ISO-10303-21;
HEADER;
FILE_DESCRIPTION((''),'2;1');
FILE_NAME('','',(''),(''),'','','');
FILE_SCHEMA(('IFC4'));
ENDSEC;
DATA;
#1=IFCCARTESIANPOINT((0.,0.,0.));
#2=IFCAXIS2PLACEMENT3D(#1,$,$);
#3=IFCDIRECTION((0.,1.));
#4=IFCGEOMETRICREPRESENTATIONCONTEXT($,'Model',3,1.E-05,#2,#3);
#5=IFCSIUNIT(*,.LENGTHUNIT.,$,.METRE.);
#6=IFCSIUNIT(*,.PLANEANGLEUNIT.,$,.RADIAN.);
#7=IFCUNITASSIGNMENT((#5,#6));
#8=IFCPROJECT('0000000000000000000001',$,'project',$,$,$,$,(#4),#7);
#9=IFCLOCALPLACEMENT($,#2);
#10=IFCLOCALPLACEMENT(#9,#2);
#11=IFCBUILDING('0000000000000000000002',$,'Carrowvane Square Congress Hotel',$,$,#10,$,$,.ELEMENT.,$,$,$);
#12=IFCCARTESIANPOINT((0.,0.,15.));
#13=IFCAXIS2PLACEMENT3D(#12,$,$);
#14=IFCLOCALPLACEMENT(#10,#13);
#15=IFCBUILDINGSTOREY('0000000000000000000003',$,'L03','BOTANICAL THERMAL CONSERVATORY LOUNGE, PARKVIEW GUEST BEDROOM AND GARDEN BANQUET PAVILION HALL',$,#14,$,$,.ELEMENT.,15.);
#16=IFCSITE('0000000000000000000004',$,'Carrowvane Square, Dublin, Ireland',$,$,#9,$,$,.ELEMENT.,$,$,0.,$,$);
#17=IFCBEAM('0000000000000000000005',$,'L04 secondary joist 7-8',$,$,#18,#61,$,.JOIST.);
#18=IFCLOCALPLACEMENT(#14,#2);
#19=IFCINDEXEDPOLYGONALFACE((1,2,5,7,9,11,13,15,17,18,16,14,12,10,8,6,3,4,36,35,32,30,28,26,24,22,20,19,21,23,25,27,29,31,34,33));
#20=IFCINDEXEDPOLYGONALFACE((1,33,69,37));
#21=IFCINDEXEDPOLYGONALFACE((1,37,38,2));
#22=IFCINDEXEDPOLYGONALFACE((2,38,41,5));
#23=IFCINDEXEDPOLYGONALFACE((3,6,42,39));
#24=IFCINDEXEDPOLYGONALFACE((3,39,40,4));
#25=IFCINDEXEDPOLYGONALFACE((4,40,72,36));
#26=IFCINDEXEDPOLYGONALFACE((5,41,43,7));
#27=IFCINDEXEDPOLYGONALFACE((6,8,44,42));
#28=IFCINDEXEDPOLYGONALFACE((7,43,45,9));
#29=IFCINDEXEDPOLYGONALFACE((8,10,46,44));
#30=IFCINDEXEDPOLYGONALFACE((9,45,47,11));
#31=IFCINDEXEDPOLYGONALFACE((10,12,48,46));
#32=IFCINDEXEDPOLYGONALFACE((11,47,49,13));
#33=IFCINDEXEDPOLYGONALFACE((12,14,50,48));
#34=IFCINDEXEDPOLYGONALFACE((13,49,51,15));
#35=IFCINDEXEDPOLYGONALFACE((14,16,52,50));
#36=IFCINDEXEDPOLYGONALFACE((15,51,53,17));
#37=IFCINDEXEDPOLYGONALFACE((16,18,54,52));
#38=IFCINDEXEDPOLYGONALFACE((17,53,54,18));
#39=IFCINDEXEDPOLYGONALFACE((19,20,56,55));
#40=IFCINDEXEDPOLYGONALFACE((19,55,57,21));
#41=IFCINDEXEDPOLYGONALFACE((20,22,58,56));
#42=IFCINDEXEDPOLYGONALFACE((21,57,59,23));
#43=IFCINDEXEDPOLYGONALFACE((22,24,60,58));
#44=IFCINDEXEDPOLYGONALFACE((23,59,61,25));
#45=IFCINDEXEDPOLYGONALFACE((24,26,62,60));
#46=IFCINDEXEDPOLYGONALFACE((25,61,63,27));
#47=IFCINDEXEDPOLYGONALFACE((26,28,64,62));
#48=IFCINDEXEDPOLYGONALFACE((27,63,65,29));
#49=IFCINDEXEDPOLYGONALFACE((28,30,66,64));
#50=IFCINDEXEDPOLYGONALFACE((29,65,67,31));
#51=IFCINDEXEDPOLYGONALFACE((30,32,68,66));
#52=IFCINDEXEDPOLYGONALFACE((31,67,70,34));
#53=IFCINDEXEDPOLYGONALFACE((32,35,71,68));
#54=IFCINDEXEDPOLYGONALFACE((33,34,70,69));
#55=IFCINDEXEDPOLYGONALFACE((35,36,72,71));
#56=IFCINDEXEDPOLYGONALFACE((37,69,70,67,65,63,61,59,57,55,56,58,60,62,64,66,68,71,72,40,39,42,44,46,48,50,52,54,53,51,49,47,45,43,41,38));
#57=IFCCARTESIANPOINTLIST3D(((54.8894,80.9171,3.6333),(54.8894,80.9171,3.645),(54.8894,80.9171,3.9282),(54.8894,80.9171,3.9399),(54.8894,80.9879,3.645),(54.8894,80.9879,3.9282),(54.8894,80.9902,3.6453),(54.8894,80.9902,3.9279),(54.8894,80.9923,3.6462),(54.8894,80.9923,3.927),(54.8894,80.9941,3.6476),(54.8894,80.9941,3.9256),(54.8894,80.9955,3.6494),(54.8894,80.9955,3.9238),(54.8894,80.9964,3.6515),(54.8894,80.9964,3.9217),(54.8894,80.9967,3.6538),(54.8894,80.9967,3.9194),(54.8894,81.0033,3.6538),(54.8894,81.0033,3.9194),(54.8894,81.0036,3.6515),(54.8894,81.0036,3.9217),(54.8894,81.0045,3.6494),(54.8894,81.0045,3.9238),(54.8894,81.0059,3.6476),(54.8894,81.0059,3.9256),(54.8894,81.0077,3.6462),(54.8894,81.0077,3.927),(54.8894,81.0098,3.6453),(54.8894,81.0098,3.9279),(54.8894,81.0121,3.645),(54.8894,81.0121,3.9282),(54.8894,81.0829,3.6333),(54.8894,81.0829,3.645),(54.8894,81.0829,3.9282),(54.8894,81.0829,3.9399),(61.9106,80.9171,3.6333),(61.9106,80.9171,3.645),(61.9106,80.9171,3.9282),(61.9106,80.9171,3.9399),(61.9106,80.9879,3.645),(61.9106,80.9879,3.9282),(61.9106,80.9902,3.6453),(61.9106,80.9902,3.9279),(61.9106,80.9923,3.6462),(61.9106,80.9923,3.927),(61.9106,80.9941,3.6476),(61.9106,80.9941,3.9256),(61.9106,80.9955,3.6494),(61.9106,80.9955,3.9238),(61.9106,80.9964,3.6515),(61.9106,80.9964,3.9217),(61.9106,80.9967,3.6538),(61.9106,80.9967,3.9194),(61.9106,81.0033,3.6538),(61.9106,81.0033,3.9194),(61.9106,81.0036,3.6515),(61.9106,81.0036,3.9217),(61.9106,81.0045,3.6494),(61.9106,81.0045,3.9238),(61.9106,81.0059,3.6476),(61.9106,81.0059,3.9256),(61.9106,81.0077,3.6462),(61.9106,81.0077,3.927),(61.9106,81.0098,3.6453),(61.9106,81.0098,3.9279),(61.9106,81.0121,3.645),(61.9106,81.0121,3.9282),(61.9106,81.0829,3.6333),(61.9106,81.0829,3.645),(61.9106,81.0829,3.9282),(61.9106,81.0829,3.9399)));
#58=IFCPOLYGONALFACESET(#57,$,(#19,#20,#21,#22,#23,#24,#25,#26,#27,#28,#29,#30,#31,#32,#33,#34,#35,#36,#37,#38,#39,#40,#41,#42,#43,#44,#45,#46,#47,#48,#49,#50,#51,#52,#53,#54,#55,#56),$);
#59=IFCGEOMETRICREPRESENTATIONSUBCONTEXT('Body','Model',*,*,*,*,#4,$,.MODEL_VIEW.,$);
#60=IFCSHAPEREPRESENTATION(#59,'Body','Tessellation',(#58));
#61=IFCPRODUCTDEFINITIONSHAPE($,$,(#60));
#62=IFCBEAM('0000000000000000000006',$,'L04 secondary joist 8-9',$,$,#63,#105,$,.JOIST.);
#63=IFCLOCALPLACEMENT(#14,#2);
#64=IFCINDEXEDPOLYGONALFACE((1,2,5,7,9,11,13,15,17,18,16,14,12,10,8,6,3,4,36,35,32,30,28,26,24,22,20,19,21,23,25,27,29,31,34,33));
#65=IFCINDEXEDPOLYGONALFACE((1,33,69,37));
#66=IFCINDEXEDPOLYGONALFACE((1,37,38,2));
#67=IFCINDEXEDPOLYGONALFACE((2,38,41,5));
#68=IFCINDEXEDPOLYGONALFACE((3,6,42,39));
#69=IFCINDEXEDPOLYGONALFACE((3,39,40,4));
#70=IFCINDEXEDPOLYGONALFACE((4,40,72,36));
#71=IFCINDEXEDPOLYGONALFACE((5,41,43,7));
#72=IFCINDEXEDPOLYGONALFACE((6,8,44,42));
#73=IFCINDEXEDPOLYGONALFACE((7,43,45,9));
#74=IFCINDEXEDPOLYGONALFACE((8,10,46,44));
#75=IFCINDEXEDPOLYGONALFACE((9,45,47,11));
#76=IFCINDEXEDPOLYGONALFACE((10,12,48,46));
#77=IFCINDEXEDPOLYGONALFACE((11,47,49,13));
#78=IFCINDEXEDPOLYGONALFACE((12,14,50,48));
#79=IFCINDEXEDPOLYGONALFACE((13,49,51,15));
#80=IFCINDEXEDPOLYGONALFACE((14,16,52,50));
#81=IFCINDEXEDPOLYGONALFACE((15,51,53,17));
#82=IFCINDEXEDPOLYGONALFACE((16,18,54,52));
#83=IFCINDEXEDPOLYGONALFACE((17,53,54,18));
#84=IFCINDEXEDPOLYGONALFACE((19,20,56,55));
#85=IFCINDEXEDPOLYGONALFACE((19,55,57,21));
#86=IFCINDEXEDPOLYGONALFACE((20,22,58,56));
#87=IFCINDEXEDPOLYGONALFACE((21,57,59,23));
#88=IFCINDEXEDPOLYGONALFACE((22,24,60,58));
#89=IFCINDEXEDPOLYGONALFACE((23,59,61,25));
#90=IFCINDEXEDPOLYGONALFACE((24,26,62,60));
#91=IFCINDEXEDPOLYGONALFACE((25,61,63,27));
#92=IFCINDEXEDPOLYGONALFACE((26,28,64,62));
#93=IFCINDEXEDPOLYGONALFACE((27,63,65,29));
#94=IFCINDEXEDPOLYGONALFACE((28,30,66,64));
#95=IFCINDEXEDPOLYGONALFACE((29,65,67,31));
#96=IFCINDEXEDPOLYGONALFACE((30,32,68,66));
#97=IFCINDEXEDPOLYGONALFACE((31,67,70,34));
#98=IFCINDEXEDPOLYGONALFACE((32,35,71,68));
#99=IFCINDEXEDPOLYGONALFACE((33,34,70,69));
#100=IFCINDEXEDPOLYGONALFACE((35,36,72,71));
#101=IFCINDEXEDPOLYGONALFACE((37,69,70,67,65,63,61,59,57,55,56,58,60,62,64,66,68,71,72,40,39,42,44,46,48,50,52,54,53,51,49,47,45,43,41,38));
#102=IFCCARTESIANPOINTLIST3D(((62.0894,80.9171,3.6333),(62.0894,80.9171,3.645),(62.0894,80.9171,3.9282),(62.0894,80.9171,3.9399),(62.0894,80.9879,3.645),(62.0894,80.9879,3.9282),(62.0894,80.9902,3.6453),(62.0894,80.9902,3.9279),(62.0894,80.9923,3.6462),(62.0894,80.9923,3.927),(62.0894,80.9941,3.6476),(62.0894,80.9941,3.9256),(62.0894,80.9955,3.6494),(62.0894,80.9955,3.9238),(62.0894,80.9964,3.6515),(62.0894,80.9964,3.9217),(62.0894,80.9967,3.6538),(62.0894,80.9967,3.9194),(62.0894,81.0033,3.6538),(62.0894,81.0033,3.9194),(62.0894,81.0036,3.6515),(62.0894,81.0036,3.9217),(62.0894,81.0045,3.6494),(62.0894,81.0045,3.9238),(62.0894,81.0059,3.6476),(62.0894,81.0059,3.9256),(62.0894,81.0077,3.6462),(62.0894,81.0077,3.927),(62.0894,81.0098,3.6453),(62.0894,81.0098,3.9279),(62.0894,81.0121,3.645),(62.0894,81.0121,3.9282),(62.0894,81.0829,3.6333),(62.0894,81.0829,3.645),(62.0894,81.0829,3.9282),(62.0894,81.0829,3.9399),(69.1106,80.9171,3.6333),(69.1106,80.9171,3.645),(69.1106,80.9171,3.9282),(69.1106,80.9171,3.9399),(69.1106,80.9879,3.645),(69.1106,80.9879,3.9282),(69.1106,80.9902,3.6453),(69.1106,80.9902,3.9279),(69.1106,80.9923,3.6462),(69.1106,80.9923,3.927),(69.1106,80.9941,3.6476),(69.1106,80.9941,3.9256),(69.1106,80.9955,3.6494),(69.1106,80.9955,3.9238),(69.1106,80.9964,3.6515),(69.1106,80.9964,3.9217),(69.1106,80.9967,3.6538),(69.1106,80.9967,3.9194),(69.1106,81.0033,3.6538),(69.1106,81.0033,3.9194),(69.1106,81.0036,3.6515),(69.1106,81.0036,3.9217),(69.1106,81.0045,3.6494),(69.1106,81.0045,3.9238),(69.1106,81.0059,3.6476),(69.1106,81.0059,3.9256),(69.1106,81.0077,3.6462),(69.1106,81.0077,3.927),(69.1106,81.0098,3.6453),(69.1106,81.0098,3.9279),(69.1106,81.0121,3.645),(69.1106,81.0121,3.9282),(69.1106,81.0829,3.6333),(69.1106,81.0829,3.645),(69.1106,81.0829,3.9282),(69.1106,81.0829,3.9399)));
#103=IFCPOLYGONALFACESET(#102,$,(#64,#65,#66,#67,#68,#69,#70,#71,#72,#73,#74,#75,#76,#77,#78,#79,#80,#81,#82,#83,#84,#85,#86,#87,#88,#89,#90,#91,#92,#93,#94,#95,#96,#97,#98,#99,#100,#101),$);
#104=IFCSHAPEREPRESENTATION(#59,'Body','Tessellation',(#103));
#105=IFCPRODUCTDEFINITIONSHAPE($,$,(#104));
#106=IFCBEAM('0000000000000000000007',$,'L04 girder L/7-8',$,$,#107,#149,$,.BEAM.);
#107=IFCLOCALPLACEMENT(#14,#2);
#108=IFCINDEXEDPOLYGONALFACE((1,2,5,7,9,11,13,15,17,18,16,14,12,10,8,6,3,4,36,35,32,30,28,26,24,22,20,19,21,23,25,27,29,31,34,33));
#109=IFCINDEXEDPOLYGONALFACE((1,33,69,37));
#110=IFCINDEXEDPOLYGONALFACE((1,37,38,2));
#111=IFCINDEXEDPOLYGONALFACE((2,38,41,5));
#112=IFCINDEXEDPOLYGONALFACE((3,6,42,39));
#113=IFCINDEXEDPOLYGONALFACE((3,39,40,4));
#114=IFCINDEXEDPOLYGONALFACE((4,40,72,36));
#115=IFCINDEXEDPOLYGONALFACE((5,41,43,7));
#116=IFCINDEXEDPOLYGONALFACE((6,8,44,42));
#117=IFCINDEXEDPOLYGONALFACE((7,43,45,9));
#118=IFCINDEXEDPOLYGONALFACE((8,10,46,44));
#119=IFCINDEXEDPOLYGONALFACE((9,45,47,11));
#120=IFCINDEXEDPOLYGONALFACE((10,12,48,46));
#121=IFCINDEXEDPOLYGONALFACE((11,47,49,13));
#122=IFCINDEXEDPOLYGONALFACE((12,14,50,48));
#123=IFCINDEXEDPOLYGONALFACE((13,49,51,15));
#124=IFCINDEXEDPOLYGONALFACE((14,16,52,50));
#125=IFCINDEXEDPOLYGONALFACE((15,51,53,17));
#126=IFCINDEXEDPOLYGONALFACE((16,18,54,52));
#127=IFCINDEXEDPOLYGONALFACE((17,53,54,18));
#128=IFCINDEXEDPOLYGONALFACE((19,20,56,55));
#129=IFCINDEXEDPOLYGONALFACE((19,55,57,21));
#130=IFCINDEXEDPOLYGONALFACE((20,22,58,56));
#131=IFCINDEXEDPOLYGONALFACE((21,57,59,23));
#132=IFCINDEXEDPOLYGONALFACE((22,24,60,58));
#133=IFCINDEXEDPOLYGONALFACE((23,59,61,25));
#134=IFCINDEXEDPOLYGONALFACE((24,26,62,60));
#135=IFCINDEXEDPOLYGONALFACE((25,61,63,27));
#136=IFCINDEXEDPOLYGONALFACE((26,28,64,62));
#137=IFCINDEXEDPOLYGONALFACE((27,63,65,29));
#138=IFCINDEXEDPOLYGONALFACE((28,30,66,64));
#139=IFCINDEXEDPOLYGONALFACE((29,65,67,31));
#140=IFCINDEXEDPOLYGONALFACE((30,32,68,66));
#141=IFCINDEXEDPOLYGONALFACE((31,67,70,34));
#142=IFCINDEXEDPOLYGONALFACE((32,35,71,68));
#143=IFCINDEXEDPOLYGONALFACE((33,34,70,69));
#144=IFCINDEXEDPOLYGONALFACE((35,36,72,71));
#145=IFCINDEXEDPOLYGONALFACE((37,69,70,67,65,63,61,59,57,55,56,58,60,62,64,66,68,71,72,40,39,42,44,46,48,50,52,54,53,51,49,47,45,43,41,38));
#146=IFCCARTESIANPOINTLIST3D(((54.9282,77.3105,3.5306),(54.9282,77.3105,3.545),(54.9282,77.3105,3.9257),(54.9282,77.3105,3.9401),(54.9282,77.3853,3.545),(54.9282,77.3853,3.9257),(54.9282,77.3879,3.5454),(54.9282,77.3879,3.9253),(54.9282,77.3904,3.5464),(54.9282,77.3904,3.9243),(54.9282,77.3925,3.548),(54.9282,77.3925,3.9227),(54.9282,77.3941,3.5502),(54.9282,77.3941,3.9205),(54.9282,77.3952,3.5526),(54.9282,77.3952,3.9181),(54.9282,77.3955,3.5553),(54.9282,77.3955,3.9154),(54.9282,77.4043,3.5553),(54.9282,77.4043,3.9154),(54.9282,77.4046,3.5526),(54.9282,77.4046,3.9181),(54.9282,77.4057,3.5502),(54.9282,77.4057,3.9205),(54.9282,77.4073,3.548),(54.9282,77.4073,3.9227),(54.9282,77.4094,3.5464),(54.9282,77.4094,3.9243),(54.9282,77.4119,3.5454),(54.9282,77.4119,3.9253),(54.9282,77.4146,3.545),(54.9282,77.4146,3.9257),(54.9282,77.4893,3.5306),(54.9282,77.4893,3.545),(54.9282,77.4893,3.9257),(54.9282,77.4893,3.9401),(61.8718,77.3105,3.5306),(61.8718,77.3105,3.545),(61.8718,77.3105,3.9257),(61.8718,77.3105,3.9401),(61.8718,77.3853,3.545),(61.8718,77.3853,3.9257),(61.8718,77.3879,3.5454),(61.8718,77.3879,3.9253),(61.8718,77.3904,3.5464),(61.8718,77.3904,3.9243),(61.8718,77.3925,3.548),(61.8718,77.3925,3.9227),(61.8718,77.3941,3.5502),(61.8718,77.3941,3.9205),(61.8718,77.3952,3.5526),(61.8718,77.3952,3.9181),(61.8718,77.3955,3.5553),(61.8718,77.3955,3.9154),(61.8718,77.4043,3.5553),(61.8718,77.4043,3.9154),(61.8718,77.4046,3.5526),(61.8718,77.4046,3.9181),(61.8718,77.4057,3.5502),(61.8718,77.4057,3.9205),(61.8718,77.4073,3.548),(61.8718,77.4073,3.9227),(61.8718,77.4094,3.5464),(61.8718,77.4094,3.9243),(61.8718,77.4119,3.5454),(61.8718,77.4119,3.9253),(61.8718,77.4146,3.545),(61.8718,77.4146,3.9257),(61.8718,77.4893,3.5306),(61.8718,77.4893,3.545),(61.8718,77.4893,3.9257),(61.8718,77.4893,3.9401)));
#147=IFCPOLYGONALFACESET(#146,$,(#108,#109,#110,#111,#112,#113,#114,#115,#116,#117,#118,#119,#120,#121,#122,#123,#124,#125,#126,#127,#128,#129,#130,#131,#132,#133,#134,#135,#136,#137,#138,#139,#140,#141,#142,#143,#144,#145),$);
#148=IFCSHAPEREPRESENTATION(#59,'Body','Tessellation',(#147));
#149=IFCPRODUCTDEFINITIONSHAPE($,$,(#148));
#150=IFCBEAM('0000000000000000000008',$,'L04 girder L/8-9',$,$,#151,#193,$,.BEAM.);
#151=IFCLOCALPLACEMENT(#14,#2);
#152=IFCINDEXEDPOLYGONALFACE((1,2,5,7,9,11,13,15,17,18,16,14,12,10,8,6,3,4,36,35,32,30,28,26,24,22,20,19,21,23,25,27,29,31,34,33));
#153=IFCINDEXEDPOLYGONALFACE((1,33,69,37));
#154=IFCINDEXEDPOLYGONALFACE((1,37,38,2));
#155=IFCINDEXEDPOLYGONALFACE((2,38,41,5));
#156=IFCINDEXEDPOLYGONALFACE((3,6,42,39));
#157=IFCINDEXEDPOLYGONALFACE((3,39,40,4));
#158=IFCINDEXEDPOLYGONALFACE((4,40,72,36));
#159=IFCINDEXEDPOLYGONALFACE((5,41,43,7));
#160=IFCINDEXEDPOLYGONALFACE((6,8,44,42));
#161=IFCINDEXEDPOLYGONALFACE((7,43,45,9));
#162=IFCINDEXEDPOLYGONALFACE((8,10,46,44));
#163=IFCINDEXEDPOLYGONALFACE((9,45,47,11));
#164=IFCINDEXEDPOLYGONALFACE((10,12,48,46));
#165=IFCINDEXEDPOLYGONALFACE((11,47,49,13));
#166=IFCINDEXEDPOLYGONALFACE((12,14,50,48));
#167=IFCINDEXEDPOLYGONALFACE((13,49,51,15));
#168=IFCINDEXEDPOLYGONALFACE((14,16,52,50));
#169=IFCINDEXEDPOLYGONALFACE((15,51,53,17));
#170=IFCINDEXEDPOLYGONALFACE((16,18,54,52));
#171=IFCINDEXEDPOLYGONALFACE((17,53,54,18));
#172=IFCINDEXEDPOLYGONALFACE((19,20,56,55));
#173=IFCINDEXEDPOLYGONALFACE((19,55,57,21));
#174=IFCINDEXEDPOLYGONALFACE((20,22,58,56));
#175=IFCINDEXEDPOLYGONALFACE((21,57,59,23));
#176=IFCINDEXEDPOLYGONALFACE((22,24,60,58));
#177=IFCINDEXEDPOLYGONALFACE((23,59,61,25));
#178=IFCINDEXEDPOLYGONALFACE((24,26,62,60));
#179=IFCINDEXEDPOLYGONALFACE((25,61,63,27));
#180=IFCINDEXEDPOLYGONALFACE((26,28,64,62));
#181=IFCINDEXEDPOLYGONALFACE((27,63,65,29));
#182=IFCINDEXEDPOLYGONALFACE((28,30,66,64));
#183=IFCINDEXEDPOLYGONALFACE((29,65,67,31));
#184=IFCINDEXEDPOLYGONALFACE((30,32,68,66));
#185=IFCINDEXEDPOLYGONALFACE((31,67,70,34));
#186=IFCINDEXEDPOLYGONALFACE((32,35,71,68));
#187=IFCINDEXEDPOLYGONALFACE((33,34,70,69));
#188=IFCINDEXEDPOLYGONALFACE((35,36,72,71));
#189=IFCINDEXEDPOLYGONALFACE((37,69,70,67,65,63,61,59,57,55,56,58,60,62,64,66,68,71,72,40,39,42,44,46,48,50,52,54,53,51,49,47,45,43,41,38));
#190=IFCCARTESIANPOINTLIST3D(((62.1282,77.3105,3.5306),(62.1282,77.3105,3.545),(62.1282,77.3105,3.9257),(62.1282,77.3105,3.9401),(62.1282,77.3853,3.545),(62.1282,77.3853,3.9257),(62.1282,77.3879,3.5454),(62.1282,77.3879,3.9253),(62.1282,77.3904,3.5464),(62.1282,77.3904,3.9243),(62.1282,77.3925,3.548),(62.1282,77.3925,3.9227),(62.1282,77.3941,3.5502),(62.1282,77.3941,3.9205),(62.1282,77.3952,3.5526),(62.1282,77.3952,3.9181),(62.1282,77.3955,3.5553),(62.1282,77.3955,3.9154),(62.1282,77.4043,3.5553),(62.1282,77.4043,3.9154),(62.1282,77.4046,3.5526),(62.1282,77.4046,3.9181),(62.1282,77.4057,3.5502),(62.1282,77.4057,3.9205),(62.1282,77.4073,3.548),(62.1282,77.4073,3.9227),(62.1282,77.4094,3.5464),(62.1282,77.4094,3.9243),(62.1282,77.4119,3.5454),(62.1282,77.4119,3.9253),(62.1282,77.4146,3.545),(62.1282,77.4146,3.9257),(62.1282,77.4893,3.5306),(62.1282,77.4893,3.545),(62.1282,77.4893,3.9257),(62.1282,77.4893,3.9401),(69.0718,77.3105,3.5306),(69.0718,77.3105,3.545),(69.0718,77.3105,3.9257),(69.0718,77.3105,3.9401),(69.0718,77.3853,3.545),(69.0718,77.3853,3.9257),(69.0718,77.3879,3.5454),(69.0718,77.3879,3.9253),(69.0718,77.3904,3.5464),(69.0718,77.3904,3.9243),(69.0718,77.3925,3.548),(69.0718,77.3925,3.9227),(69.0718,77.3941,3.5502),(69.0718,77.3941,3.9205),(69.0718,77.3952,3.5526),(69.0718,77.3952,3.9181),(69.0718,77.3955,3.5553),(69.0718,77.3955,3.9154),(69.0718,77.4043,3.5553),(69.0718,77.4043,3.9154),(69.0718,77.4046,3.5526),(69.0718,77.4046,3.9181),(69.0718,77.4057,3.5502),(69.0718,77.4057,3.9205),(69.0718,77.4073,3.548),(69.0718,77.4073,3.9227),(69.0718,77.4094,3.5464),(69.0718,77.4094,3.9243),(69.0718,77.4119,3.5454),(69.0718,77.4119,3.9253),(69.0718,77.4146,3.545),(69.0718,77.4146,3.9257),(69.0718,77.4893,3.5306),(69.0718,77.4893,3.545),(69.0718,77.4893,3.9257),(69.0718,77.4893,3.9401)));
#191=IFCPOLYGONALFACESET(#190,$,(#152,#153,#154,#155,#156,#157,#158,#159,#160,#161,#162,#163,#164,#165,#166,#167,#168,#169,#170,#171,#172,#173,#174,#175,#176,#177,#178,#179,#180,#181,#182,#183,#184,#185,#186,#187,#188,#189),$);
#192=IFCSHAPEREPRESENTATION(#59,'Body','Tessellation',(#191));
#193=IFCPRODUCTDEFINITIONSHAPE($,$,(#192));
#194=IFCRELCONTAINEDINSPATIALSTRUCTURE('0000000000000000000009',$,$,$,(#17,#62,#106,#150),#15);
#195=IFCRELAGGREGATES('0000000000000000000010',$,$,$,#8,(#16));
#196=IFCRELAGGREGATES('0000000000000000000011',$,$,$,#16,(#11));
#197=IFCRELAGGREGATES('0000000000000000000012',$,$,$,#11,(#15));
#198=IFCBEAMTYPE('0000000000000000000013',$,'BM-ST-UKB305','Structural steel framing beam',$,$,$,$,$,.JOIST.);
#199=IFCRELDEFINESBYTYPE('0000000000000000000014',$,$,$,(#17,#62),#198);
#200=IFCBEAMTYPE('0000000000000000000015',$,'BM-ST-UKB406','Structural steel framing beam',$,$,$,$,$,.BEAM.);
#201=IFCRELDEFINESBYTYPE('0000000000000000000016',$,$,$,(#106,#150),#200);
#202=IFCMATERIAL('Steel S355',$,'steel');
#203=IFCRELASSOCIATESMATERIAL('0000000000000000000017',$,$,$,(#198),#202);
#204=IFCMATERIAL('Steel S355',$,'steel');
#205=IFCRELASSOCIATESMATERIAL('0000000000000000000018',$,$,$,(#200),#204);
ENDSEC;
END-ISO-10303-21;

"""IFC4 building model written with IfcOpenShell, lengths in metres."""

from ifc_helpers import new_model, si_unit, direction, frame, origin, origin_2d, place, context, subcontext, project, spatial, i_section, extrude, material, material_profile, profile_set, type_object, element, save


model = new_model("IFC4")

# Units and contexts
model_context = context("Model", 3, precision=1e-05, world=origin(), true_north=direction((0.0, 1.0)))
body_context = subcontext(model_context, "Body", "Model", "MODEL_VIEW")
ifc_project = project(units=[si_unit("LENGTHUNIT", "METRE"), si_unit("PLANEANGLEUNIT", "RADIAN")], contexts=[model_context])

# Site, building, storey
site_placement = place(None, origin())
site = spatial("IfcSite", under=ifc_project, at=site_placement, Name="Carrowvane Square, Dublin, Ireland", CompositionType="ELEMENT", RefElevation=0.0)
building_placement = place(site_placement, origin())
building = spatial("IfcBuilding", under=site, at=building_placement, Name="Carrowvane Square Congress Hotel", CompositionType="ELEMENT")
storey_placement = place(building_placement, frame((0.0, 0.0, 15.0)))
storey = spatial("IfcBuildingStorey", under=building, at=storey_placement, Name="L03", Description="BOTANICAL THERMAL CONSERVATORY LOUNGE, PARKVIEW GUEST BEDROOM AND GARDEN BANQUET PAVILION HALL", CompositionType="ELEMENT", Elevation=15.0)

# Beams
ifc_material_1 = material(Name="Steel S355", Category="steel")
ifc_material_profile_1 = material_profile(ifc_material_1, i_section(OverallWidth=0.1658, OverallDepth=0.3066, WebThickness=0.0066, FlangeThickness=0.0117, FilletRadius=0.0088, at=origin_2d()), Name="UKB 305x165x46")
ifc_profile_set_1 = profile_set([ifc_material_profile_1], Name="Steel S355")
beam_type_1 = type_object("IfcBeamType", Name="BM-ST-UKB305", Description="Structural steel framing beam", PredefinedType="JOIST", material=ifc_profile_set_1)
for number, where, z_axis, x_axis, name in (
    (1, (54.8894, 81.0, 3.7866), (1.0, 0.0, 0.0), (0.0, 1.0, 0.0), "L04 secondary joist 7-8"),
    (2, (62.0894, 81.0, 3.7866), (1.0, 0.0, 0.0), (0.0, 1.0, 0.0), "L04 secondary joist 8-9"),
):
    element("IfcBeam", number, at=place(storey_placement, frame(where, z_axis=z_axis, x_axis=x_axis)), inside=storey, type_object=beam_type_1, Name=name, PredefinedType="JOIST", context=body_context, shape_type="SweptSolid", body=[
        extrude(i_section(OverallWidth=0.1658, OverallDepth=0.3066, WebThickness=0.0066, FlangeThickness=0.0117, FilletRadius=0.0088, at=origin_2d()), origin(), (0.0, 0.0, 1.0), 7.0212),
    ])
ifc_material_2 = material(Name="Steel S355", Category="steel")
ifc_material_profile_2 = material_profile(ifc_material_2, i_section(OverallWidth=0.1787, OverallDepth=0.4094, WebThickness=0.0088, FlangeThickness=0.0144, FilletRadius=0.0103, at=origin_2d()), Name="UKB 406x178x67")
ifc_profile_set_2 = profile_set([ifc_material_profile_2], Name="Steel S355")
beam_type_2 = type_object("IfcBeamType", Name="BM-ST-UKB406", Description="Structural steel framing beam", PredefinedType="BEAM", material=ifc_profile_set_2)
for number, where, z_axis, x_axis, name in (
    (3, (54.9282, 77.3999, 3.7354), (1.0, 0.0, 0.0), (0.0, 1.0, 0.0), "L04 girder L/7-8"),
    (4, (62.1282, 77.3999, 3.7354), (1.0, 0.0, 0.0), (0.0, 1.0, 0.0), "L04 girder L/8-9"),
):
    element("IfcBeam", number, at=place(storey_placement, frame(where, z_axis=z_axis, x_axis=x_axis)), inside=storey, type_object=beam_type_2, Name=name, PredefinedType="BEAM", context=body_context, shape_type="SweptSolid", body=[
        extrude(i_section(OverallWidth=0.1787, OverallDepth=0.4094, WebThickness=0.0088, FlangeThickness=0.0144, FilletRadius=0.0103, at=origin_2d()), origin(), (0.0, 0.0, 1.0), 6.9436),
    ])

save(model, "model.ifc")
